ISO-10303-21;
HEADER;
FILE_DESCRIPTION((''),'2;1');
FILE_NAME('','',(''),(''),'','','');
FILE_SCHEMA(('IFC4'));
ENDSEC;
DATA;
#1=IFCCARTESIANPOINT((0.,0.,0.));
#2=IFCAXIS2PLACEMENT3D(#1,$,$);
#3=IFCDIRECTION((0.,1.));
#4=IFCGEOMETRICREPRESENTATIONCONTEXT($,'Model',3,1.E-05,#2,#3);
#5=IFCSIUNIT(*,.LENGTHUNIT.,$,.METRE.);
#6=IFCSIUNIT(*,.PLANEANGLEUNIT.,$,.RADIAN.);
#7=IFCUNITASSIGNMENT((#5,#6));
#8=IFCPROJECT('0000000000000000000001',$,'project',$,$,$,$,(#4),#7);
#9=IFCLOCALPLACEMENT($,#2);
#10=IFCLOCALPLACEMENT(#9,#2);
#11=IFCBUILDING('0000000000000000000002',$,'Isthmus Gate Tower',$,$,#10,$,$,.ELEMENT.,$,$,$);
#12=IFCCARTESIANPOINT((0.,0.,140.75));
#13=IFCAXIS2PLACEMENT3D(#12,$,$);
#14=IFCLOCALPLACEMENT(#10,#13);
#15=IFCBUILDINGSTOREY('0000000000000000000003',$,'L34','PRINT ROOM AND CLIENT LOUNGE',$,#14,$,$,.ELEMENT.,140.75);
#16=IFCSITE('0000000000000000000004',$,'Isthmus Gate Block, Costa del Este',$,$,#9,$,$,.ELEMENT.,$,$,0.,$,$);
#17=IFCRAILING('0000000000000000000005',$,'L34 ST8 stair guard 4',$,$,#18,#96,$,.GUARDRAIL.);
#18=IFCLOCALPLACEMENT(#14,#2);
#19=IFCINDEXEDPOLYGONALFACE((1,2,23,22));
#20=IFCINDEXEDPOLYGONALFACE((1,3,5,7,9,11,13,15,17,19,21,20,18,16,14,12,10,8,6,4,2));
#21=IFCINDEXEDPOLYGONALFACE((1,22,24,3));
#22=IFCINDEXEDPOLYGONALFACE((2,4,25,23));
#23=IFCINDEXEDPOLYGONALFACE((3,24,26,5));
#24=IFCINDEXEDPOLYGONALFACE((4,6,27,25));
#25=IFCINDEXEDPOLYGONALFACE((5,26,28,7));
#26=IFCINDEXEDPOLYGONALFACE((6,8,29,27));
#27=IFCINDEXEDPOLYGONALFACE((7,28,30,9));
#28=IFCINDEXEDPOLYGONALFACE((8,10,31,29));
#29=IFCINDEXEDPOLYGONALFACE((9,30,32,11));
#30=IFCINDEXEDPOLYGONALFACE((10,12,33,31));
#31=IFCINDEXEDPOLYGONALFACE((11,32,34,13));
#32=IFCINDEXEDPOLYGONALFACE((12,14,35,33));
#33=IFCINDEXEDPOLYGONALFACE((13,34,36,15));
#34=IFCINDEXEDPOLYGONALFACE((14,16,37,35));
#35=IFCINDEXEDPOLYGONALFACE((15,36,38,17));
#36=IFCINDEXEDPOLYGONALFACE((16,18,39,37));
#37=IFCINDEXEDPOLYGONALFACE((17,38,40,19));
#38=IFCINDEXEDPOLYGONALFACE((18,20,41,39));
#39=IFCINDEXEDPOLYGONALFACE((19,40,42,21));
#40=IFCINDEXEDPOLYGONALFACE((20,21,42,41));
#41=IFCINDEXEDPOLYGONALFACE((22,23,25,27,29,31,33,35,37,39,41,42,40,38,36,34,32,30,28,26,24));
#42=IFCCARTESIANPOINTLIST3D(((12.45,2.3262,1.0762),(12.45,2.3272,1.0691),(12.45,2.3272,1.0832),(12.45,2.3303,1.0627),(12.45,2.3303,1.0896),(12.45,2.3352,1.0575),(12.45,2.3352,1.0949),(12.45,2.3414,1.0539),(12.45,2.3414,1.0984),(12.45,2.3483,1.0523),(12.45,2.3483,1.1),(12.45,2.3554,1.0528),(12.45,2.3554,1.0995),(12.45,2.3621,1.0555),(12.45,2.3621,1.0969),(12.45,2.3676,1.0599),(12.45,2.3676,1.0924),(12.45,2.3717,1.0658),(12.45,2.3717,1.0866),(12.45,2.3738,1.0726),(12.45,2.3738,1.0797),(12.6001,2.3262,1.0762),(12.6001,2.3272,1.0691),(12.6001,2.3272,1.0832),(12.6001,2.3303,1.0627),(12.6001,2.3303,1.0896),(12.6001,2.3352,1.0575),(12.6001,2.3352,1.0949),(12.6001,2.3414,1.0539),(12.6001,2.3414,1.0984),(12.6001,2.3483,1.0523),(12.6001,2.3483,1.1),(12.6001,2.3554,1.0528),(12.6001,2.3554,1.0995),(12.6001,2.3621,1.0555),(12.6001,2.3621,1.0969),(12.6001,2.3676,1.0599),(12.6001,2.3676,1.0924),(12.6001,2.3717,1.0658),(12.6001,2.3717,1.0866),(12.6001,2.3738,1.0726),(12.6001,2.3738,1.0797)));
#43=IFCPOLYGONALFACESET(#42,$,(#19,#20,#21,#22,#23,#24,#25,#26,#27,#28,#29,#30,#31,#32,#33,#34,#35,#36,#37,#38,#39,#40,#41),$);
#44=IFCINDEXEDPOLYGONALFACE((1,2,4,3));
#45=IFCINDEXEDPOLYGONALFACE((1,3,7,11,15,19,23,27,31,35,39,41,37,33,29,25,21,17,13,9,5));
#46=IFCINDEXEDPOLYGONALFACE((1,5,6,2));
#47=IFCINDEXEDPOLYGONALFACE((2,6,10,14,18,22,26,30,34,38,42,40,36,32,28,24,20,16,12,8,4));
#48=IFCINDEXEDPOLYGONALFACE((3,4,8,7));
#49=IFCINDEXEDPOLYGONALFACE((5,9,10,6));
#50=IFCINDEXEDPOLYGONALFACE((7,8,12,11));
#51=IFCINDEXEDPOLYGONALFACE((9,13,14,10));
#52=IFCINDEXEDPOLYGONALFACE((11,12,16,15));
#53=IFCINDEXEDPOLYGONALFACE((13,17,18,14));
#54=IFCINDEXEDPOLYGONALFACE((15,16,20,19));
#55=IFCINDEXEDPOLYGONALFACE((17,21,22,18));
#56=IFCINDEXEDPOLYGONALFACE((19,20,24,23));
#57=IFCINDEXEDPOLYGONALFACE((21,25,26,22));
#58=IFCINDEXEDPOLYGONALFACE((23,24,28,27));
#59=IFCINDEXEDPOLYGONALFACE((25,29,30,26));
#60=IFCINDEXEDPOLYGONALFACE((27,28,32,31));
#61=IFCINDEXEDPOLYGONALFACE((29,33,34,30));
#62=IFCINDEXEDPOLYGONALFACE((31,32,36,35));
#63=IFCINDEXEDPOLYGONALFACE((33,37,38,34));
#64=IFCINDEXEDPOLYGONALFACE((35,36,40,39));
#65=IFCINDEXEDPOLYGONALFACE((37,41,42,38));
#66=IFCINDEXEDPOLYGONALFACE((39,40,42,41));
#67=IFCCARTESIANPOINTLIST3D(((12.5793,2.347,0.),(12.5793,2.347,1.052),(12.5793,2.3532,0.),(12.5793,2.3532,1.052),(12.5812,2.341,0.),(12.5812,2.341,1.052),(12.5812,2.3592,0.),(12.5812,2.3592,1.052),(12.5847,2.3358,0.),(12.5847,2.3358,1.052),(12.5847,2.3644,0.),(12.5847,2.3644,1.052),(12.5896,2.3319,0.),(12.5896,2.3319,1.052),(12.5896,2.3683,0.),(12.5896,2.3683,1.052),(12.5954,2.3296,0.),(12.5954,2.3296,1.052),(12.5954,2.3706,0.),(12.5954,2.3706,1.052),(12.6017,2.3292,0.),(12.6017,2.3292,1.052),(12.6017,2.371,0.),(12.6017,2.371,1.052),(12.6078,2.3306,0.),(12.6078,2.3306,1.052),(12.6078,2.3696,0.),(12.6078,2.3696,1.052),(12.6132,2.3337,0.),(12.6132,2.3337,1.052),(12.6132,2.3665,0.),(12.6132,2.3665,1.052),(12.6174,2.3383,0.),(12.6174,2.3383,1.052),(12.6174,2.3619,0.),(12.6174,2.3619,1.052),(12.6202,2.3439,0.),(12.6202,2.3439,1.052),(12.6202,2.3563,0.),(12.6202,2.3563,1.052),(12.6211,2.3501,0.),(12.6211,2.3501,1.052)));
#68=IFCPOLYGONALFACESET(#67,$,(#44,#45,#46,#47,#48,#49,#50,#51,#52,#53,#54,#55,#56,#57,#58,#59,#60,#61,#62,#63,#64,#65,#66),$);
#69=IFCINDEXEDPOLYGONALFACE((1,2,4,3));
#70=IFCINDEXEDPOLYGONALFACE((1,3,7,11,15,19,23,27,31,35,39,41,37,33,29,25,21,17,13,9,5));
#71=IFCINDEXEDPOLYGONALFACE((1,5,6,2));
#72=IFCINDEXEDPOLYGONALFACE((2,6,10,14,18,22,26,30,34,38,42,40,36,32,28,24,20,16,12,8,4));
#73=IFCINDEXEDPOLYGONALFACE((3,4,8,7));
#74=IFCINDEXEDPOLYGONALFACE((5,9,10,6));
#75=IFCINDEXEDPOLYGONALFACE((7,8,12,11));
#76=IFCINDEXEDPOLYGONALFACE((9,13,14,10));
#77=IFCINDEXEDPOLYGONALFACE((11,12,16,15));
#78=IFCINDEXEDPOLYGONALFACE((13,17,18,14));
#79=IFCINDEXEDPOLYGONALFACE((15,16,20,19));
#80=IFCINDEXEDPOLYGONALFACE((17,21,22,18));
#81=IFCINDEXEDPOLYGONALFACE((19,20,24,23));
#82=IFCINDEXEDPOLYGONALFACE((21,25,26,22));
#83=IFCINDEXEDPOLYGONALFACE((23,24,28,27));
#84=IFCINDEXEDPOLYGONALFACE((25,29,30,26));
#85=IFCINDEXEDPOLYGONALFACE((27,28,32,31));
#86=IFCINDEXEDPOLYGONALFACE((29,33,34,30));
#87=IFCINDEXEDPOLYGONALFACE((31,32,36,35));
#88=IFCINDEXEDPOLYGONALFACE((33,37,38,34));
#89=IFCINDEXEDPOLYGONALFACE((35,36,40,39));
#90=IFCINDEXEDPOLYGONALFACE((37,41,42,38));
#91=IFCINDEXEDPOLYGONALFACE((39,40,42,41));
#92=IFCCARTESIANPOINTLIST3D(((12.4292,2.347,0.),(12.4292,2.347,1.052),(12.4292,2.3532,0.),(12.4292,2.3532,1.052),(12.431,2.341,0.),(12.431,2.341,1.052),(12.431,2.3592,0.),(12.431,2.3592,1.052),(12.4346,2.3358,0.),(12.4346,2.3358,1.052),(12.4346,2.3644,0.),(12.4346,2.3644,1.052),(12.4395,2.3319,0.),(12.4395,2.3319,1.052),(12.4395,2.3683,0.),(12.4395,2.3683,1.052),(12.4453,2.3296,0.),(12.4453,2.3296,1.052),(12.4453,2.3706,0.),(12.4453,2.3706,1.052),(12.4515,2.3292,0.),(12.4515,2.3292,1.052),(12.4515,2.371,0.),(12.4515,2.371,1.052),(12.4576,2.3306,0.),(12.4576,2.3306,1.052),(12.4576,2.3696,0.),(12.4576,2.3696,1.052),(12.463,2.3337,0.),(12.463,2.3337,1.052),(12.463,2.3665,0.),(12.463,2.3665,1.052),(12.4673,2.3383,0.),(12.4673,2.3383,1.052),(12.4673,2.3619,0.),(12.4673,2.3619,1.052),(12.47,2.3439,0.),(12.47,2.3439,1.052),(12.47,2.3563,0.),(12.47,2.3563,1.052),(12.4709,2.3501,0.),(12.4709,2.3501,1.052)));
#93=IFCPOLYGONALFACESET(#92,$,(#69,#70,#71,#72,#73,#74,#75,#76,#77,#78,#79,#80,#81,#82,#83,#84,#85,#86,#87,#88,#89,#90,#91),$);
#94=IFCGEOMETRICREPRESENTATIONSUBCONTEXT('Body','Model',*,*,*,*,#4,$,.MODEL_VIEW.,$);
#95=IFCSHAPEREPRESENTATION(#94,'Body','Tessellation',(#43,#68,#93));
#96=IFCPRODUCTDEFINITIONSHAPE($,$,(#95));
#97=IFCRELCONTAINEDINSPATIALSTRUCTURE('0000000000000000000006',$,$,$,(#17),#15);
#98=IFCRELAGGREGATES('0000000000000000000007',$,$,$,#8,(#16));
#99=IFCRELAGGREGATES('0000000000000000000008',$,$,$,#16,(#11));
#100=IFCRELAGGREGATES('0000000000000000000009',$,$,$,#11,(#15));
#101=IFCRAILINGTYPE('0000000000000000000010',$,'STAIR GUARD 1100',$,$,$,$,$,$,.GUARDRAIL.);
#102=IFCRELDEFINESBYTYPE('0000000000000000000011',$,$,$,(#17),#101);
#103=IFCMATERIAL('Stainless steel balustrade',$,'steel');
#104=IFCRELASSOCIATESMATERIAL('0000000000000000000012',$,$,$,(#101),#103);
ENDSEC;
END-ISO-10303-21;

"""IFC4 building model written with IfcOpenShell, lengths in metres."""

from ifc_helpers import new_model, si_unit, direction, frame, origin, origin_2d, place, context, subcontext, project, spatial, circle, extrude, material, type_object, element, save


model = new_model("IFC4")

# Units and contexts
model_context = context("Model", 3, precision=1e-05, world=origin(), true_north=direction((0.0, 1.0)))
body_context = subcontext(model_context, "Body", "Model", "MODEL_VIEW")
ifc_project = project(units=[si_unit("LENGTHUNIT", "METRE"), si_unit("PLANEANGLEUNIT", "RADIAN")], contexts=[model_context])

# Site, building, storey
site_placement = place(None, origin())
site = spatial("IfcSite", under=ifc_project, at=site_placement, Name="Isthmus Gate Block, Costa del Este", CompositionType="ELEMENT", RefElevation=0.0)
building_placement = place(site_placement, origin())
building = spatial("IfcBuilding", under=site, at=building_placement, Name="Isthmus Gate Tower", CompositionType="ELEMENT")
storey_placement = place(building_placement, frame((0.0, 0.0, 140.75)))
storey = spatial("IfcBuildingStorey", under=building, at=storey_placement, Name="L34", Description="PRINT ROOM AND CLIENT LOUNGE", CompositionType="ELEMENT", Elevation=140.75)

# Railing
ifc_material_1 = material(Name="Stainless steel balustrade", Category="steel")
railing_type_1 = type_object("IfcRailingType", Name="STAIR GUARD 1100", PredefinedType="GUARDRAIL", material=ifc_material_1)
railing_1_placement = place(storey_placement, frame((12.6001, 2.3501, 0.0)))
element("IfcRailing", 1, at=railing_1_placement, inside=storey, type_object=railing_type_1, Name="L34 ST8 stair guard 4", PredefinedType="GUARDRAIL", context=body_context, shape_type="SweptSolid", body=[
    extrude(circle(Radius=0.0239, at=origin_2d()), frame((0.0, 0.0, 1.0762), z_axis=(-1.0, 0.0, 0.0), x_axis=(0.0, -1.0, 0.0)), (0.0, 0.0, 1.0), 0.1501),
    extrude(circle(Radius=0.021, at=origin_2d()), origin(), (0.0, 0.0, 1.0), 1.052),
    extrude(circle(Radius=0.021, at=origin_2d()), frame((-0.1501, 0.0, 0.0)), (0.0, 0.0, 1.0), 1.052),
])

save(model, "model.ifc")
